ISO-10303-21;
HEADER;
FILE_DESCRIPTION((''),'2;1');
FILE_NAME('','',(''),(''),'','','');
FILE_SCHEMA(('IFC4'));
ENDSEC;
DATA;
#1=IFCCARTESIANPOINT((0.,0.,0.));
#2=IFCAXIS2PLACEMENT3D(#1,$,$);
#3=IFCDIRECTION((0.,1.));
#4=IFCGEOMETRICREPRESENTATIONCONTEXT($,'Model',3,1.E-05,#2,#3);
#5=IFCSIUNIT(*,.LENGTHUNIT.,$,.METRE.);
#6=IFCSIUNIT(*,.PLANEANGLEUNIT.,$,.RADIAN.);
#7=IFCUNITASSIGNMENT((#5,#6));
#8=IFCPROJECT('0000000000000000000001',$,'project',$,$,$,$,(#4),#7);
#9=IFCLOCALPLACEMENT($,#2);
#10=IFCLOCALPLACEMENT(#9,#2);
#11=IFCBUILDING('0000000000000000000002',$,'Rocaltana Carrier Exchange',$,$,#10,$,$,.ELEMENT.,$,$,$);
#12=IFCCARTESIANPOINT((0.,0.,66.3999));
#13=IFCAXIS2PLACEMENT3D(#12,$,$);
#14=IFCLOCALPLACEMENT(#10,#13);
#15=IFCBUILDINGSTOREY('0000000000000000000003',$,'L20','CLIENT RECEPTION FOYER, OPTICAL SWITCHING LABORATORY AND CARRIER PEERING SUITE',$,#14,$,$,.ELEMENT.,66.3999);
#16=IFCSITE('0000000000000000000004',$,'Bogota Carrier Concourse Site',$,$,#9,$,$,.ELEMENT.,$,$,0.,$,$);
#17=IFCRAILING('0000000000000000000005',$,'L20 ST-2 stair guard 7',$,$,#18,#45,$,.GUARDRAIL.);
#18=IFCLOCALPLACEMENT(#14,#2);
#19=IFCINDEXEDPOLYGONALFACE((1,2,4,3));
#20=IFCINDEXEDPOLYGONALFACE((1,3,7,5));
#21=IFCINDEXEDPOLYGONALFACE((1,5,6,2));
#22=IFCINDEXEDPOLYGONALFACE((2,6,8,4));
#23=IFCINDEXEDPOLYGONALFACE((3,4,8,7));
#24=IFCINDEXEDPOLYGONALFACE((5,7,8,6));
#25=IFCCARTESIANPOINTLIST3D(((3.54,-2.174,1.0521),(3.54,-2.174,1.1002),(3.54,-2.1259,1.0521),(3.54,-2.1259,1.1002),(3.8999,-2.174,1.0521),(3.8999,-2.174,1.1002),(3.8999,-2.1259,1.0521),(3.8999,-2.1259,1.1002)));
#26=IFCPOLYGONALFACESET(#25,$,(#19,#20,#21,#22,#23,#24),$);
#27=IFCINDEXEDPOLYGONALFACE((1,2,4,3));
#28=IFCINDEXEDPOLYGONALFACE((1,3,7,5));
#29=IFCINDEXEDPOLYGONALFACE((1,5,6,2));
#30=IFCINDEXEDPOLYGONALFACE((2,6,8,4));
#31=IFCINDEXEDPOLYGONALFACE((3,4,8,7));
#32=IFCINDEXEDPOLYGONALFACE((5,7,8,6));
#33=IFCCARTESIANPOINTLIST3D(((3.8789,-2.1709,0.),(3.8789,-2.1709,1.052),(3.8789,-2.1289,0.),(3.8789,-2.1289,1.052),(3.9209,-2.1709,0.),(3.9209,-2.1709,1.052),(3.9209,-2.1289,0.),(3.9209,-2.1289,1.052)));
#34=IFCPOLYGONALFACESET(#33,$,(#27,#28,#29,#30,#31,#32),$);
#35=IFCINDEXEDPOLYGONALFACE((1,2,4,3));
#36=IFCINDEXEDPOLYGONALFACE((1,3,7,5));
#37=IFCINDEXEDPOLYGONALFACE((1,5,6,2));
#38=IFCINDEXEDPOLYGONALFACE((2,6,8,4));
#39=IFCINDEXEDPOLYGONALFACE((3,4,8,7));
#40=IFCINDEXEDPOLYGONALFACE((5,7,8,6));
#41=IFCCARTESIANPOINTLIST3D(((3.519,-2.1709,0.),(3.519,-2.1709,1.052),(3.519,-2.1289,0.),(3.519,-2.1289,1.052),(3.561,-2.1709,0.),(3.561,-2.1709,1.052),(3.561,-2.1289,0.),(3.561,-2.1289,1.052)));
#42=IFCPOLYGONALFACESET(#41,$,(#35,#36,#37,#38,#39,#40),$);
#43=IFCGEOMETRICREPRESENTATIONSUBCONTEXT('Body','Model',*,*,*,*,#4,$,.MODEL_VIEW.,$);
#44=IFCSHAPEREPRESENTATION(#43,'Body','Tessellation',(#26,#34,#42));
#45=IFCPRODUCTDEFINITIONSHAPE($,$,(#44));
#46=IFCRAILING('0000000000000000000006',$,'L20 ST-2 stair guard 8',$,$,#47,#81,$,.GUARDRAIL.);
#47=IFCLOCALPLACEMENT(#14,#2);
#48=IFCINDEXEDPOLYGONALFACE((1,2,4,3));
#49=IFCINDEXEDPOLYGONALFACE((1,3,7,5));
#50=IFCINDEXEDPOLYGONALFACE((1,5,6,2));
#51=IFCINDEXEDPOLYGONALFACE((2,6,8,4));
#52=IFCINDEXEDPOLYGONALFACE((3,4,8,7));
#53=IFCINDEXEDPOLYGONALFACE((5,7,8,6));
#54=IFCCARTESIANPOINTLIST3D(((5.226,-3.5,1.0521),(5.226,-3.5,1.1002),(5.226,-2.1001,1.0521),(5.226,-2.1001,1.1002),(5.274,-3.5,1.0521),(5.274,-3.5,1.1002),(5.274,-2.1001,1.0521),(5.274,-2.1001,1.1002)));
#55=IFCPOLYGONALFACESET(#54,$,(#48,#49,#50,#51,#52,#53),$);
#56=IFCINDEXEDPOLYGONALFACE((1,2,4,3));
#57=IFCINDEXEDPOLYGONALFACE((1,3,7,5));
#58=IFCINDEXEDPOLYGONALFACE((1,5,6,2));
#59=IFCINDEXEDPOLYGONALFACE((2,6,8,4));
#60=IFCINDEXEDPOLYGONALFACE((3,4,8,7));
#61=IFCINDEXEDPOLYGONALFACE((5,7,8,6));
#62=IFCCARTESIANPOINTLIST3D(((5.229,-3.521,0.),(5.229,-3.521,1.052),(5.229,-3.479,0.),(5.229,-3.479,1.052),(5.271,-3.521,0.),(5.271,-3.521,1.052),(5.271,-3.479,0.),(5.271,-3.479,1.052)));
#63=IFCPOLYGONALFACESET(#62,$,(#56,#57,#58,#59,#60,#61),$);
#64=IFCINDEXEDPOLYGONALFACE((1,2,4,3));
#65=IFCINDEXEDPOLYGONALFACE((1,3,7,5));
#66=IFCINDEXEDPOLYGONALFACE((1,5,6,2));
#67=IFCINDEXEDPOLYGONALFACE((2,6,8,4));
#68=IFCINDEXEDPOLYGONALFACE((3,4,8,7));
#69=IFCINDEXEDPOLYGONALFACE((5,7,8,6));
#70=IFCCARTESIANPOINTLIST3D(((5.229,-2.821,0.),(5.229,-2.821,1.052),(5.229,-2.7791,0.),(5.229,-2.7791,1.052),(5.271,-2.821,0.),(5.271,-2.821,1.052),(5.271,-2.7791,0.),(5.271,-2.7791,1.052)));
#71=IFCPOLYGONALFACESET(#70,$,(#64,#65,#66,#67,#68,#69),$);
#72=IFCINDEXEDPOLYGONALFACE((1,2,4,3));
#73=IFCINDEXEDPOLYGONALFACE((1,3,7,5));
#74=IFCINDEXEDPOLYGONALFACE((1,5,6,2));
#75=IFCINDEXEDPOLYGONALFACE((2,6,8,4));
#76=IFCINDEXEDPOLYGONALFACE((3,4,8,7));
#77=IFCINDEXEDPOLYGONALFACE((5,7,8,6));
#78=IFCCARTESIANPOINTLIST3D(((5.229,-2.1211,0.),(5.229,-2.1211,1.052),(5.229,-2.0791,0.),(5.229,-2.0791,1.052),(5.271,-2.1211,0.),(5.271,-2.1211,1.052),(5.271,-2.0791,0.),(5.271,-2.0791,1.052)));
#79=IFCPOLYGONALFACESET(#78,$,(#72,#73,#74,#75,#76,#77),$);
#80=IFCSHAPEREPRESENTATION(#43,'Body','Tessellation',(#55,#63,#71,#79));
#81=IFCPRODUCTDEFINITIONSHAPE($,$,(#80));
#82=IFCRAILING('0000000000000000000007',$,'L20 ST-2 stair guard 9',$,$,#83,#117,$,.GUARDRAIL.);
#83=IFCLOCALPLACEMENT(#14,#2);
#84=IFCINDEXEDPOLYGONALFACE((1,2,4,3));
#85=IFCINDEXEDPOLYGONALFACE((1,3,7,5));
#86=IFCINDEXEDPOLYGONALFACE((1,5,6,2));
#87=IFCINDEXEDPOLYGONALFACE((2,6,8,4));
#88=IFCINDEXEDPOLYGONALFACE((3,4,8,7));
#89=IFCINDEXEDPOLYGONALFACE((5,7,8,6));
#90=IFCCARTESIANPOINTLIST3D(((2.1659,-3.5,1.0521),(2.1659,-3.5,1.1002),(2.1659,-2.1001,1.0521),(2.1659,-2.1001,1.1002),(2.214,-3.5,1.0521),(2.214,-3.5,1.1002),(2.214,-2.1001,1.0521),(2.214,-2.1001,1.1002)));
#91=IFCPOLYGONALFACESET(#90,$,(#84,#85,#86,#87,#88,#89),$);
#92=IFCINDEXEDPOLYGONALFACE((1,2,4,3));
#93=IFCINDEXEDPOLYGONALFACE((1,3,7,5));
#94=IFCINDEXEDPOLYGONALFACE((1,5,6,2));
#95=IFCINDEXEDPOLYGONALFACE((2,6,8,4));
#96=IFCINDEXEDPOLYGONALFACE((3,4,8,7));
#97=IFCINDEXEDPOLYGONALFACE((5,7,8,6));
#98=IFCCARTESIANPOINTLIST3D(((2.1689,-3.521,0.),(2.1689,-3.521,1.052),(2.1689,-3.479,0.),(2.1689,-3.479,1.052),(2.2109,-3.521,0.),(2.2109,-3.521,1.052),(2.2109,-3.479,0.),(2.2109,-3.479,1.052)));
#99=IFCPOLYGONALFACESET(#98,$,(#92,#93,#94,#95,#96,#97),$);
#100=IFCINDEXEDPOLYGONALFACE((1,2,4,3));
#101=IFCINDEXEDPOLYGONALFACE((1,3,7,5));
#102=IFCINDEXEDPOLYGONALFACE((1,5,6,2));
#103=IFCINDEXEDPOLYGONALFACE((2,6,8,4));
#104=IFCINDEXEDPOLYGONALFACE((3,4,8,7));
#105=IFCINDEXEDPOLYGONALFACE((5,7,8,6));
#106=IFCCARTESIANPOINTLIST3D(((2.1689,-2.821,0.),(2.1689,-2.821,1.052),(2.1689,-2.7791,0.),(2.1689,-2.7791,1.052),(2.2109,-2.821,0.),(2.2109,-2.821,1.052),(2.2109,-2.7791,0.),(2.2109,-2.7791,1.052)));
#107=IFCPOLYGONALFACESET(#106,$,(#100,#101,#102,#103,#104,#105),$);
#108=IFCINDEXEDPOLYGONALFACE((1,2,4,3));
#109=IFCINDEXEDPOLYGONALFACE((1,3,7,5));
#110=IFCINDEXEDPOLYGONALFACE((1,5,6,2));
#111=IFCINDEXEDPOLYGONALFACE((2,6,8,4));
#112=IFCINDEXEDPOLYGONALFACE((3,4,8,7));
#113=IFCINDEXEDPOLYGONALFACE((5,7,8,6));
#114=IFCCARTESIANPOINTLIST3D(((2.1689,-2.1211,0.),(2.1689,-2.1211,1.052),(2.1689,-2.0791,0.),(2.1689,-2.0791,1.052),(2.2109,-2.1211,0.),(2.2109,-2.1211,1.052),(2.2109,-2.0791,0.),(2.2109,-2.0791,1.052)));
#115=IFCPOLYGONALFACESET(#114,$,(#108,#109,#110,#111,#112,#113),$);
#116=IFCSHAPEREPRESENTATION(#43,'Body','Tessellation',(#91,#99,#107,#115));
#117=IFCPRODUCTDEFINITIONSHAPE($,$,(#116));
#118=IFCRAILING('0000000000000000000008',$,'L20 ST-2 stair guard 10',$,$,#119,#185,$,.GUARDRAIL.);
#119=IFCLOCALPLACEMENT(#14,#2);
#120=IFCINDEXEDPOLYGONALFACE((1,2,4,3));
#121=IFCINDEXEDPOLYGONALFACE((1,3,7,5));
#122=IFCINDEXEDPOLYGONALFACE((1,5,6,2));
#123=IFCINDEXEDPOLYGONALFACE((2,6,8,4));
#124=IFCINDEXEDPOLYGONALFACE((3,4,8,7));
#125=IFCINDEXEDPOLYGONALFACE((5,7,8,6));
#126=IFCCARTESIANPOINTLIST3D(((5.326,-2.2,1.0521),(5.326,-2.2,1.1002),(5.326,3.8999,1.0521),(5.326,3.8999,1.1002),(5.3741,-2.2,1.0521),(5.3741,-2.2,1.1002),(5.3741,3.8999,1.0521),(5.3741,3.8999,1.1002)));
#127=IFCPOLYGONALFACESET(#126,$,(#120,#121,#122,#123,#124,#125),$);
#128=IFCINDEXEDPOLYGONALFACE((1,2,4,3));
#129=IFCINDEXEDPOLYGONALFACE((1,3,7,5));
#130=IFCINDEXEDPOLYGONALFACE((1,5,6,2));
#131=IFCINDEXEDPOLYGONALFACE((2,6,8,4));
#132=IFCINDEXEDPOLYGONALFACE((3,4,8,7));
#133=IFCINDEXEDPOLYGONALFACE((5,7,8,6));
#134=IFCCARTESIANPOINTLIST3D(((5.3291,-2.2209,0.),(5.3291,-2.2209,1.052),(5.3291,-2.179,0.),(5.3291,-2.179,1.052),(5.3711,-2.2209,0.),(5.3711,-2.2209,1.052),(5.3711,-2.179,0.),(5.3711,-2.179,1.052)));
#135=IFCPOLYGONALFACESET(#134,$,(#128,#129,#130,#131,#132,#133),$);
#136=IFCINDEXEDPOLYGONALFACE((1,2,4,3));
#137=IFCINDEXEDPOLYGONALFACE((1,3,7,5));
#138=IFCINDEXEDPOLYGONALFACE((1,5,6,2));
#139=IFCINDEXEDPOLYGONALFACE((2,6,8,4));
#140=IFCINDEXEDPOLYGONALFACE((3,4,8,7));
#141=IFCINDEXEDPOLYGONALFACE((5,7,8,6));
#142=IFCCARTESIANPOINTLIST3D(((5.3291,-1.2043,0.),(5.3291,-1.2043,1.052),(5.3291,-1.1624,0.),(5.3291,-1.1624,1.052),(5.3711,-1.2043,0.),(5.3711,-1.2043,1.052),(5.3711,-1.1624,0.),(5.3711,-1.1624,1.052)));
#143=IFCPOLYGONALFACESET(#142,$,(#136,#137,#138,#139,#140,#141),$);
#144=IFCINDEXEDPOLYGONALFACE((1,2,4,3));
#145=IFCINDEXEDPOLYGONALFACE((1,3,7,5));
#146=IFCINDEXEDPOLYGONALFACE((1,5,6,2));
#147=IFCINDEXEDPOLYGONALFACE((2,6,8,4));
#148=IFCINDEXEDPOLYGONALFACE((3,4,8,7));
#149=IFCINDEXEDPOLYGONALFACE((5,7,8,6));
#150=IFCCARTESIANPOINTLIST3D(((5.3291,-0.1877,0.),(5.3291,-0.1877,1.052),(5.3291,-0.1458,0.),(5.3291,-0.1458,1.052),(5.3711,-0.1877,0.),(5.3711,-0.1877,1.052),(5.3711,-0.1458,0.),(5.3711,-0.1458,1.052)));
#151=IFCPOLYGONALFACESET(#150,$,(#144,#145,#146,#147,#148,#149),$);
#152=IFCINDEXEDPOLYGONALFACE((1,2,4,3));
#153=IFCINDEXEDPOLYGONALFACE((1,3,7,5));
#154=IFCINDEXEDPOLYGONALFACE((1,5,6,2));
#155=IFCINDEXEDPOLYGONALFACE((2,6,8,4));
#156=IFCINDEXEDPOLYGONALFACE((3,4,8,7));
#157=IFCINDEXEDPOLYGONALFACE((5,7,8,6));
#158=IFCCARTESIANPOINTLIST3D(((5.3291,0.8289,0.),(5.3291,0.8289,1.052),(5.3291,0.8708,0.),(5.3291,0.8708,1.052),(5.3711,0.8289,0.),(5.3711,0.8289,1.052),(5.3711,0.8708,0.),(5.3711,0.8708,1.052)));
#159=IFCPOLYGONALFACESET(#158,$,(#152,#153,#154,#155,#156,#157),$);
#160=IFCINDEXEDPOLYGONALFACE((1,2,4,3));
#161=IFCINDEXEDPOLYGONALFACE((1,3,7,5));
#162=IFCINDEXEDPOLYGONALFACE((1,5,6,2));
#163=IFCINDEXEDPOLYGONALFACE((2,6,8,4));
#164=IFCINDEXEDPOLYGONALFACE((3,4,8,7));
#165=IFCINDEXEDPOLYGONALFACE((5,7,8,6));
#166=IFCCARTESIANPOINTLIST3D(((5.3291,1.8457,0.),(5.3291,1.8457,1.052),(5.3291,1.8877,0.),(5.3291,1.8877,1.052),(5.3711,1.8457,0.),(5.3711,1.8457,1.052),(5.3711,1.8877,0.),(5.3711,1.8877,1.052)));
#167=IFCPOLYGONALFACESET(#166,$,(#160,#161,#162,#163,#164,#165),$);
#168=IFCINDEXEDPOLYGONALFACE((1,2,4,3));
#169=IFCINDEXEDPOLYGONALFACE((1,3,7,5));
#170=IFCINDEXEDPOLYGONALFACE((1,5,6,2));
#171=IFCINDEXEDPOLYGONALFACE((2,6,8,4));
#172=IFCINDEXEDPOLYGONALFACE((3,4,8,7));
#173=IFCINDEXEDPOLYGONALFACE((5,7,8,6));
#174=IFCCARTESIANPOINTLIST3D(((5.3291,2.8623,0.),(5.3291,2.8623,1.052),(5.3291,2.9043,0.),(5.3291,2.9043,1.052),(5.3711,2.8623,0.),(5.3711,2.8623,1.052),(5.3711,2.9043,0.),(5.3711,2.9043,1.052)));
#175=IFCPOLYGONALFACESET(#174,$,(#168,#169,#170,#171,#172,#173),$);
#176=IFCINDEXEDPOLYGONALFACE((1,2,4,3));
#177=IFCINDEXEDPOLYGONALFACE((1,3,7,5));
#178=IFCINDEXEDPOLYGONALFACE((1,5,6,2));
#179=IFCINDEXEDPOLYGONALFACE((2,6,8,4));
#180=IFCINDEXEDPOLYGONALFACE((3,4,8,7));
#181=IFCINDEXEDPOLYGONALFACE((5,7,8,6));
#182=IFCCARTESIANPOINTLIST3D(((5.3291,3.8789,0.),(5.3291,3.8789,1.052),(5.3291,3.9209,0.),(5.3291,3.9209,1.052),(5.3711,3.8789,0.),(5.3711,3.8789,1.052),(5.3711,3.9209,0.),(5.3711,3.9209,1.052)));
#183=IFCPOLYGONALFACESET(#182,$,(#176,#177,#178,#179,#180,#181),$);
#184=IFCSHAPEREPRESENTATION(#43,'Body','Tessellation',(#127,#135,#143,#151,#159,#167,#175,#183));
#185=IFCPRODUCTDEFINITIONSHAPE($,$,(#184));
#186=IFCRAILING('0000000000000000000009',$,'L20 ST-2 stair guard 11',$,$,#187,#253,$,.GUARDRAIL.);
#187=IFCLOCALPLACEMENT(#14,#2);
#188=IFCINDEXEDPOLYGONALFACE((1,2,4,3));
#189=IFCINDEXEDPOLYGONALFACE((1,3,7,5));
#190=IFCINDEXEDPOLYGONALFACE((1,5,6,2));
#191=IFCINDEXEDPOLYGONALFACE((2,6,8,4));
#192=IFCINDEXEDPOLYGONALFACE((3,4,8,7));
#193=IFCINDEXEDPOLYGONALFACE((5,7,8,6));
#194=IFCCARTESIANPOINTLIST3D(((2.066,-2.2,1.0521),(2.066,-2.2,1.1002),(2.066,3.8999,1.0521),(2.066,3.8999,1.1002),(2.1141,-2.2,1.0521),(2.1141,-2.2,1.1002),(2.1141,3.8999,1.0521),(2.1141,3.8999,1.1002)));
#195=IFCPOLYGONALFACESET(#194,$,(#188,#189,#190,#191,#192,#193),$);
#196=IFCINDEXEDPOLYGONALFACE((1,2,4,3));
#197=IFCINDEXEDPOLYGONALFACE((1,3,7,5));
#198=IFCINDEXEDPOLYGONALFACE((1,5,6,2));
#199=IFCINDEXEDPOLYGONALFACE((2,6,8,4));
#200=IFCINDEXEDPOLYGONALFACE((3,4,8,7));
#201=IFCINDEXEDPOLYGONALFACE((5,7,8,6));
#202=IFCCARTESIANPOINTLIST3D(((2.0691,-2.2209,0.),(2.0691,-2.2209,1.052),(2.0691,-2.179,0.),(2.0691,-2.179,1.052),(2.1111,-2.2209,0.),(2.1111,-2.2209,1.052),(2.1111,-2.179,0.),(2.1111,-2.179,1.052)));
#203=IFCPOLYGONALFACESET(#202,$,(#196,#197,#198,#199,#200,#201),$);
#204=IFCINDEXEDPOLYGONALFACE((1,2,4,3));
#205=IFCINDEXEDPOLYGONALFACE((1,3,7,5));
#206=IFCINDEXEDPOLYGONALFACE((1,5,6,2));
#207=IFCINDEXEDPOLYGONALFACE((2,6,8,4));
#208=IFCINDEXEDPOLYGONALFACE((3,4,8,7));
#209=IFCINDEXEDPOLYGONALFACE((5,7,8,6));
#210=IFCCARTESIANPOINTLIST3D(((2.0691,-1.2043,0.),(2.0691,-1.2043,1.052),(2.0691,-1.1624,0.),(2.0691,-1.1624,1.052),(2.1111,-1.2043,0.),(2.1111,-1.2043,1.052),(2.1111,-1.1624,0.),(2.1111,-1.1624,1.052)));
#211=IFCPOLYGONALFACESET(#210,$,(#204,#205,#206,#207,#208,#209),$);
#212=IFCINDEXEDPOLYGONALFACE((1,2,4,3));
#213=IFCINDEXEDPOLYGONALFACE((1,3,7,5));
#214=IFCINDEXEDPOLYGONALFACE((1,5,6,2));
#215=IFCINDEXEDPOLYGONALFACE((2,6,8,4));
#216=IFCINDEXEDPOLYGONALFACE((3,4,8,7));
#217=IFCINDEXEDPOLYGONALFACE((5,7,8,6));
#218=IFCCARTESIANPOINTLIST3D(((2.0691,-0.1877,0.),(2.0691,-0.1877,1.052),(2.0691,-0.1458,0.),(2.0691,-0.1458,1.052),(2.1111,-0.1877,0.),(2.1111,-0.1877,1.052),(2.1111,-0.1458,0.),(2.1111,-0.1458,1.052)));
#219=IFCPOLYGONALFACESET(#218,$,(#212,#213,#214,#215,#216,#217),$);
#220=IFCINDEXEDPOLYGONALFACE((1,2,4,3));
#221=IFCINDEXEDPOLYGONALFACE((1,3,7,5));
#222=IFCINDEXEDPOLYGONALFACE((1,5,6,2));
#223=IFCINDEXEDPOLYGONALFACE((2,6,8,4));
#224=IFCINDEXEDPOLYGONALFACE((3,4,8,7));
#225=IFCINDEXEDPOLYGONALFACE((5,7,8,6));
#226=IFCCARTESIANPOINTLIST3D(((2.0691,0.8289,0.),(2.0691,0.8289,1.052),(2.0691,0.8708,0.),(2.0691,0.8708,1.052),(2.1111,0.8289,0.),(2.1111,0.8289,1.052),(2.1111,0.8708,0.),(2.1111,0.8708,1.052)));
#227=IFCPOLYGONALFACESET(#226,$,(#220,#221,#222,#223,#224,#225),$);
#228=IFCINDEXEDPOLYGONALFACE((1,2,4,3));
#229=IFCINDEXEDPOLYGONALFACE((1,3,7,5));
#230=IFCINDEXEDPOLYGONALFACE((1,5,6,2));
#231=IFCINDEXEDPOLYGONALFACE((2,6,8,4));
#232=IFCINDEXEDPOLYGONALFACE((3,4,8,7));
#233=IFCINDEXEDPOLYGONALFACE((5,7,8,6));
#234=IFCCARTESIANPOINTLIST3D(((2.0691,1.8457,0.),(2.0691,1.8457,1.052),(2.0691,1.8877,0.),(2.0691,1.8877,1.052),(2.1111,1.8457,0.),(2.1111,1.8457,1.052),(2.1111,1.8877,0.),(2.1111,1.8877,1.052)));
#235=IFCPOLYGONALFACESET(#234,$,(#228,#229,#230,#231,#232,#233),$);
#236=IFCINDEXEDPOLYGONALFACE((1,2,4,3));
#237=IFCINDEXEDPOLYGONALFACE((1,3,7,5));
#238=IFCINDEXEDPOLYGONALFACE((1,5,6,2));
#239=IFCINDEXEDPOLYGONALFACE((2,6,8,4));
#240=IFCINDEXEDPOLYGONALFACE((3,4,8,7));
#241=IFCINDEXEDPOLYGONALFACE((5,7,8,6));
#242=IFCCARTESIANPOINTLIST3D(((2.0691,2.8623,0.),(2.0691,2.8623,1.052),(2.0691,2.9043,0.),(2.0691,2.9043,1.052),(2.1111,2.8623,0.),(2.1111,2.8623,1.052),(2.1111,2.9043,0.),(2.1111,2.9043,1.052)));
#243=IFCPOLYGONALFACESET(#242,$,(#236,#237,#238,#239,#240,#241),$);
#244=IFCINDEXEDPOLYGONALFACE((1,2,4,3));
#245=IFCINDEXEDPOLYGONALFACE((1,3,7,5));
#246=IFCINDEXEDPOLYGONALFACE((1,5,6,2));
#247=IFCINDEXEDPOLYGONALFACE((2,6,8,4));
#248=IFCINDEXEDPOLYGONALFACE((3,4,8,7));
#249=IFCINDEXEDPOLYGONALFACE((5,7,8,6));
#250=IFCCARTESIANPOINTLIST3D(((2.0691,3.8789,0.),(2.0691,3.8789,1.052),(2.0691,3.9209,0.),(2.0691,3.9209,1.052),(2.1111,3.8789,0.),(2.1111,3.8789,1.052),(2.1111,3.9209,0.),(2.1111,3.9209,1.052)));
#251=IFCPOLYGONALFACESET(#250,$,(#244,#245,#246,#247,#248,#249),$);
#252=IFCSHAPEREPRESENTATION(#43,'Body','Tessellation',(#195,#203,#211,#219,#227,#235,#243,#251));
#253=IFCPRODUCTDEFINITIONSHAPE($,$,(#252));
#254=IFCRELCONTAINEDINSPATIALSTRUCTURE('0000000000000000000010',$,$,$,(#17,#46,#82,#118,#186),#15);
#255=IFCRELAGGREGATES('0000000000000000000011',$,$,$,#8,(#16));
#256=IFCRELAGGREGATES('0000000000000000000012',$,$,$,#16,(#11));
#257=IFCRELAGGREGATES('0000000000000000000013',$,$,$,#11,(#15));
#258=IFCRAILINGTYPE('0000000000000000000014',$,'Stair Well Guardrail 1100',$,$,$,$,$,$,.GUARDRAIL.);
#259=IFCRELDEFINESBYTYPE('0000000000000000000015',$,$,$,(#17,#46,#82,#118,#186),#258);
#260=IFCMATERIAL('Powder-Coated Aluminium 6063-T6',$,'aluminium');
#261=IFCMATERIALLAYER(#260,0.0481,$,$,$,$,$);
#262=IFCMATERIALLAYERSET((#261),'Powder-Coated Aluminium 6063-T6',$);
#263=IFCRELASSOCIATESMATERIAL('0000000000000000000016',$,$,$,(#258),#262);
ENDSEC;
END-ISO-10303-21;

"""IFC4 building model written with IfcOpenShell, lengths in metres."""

from ifc_helpers import new_model, si_unit, direction, frame, origin, origin_2d, place, context, subcontext, project, spatial, rectangle, extrude, material, layer, layer_set, type_object, element, save


model = new_model("IFC4")

# Units and contexts
model_context = context("Model", 3, precision=1e-05, world=origin(), true_north=direction((0.0, 1.0)))
body_context = subcontext(model_context, "Body", "Model", "MODEL_VIEW")
ifc_project = project(units=[si_unit("LENGTHUNIT", "METRE"), si_unit("PLANEANGLEUNIT", "RADIAN")], contexts=[model_context])

# Site, building, storey
site_placement = place(None, origin())
site = spatial("IfcSite", under=ifc_project, at=site_placement, Name="Bogota Carrier Concourse Site", CompositionType="ELEMENT", RefElevation=0.0)
building_placement = place(site_placement, origin())
building = spatial("IfcBuilding", under=site, at=building_placement, Name="Rocaltana Carrier Exchange", CompositionType="ELEMENT")
storey_placement = place(building_placement, frame((0.0, 0.0, 66.3999)))
storey = spatial("IfcBuildingStorey", under=building, at=storey_placement, Name="L20", Description="CLIENT RECEPTION FOYER, OPTICAL SWITCHING LABORATORY AND CARRIER PEERING SUITE", CompositionType="ELEMENT", Elevation=66.3999)

# Railings
ifc_material_1 = material(Name="Powder-Coated Aluminium 6063-T6", Category="aluminium")
ifc_layer_1 = layer(ifc_material_1, 0.0481)
ifc_layer_set_1 = layer_set([ifc_layer_1], Name="Powder-Coated Aluminium 6063-T6")
railing_type_1 = type_object("IfcRailingType", Name="Stair Well Guardrail 1100", PredefinedType="GUARDRAIL", material=ifc_layer_set_1)
railing_1_placement = place(storey_placement, frame((3.8999, -2.1499, 0.0)))
element("IfcRailing", 1, at=railing_1_placement, inside=storey, type_object=railing_type_1, Name="L20 ST-2 stair guard 7", PredefinedType="GUARDRAIL", context=body_context, shape_type="SweptSolid", body=[
    extrude(rectangle(XDim=0.0481, YDim=0.0481, at=origin_2d()), frame((0.0, 0.0, 1.0762), z_axis=(-1.0, 0.0, 0.0), x_axis=(0.0, -1.0, 0.0)), (0.0, 0.0, 1.0), 0.3599),
    extrude(rectangle(XDim=0.042, YDim=0.042, at=origin_2d()), origin(), (0.0, 0.0, 1.0), 1.052),
    extrude(rectangle(XDim=0.042, YDim=0.042, at=origin_2d()), frame((-0.3599, 0.0, 0.0)), (0.0, 0.0, 1.0), 1.052),
])
for number, where, name in (
    (2, (5.25, -3.5, 0.0), "L20 ST-2 stair guard 8"),
    (3, (2.1899, -3.5, 0.0), "L20 ST-2 stair guard 9"),
):
    element("IfcRailing", number, at=place(storey_placement, frame(where)), inside=storey, type_object=railing_type_1, Name=name, PredefinedType="GUARDRAIL", context=body_context, shape_type="SweptSolid", body=[
        extrude(rectangle(XDim=0.0481, YDim=0.0481, at=origin_2d()), frame((0.0, 0.0, 1.0762), z_axis=(0.0, 1.0, 0.0), x_axis=(-1.0, 0.0, 0.0)), (0.0, 0.0, 1.0), 1.3999),
        extrude(rectangle(XDim=0.042, YDim=0.042, at=origin_2d()), origin(), (0.0, 0.0, 1.0), 1.052),
        extrude(rectangle(XDim=0.042, YDim=0.042, at=origin_2d()), frame((0.0, 0.7, 0.0)), (0.0, 0.0, 1.0), 1.052),
        extrude(rectangle(XDim=0.042, YDim=0.042, at=origin_2d()), frame((0.0, 1.3999, 0.0)), (0.0, 0.0, 1.0), 1.052),
    ])
for number, where, name in (
    (4, (5.3501, -2.2, 0.0), "L20 ST-2 stair guard 10"),
    (5, (2.0901, -2.2, 0.0), "L20 ST-2 stair guard 11"),
):
    element("IfcRailing", number, at=place(storey_placement, frame(where)), inside=storey, type_object=railing_type_1, Name=name, PredefinedType="GUARDRAIL", context=body_context, shape_type="SweptSolid", body=[
        extrude(rectangle(XDim=0.0481, YDim=0.0481, at=origin_2d()), frame((0.0, 0.0, 1.0762), z_axis=(0.0, 1.0, 0.0), x_axis=(-1.0, 0.0, 0.0)), (0.0, 0.0, 1.0), 6.0999),
        extrude(rectangle(XDim=0.042, YDim=0.042, at=origin_2d()), origin(), (0.0, 0.0, 1.0), 1.052),
        extrude(rectangle(XDim=0.042, YDim=0.042, at=origin_2d()), frame((0.0, 1.0166, 0.0)), (0.0, 0.0, 1.0), 1.052),
        extrude(rectangle(XDim=0.042, YDim=0.042, at=origin_2d()), frame((0.0, 2.0332, 0.0)), (0.0, 0.0, 1.0), 1.052),
        extrude(rectangle(XDim=0.042, YDim=0.042, at=origin_2d()), frame((0.0, 3.0498, 0.0)), (0.0, 0.0, 1.0), 1.052),
        extrude(rectangle(XDim=0.042, YDim=0.042, at=origin_2d()), frame((0.0, 4.0667, 0.0)), (0.0, 0.0, 1.0), 1.052),
        extrude(rectangle(XDim=0.042, YDim=0.042, at=origin_2d()), frame((0.0, 5.0833, 0.0)), (0.0, 0.0, 1.0), 1.052),
        extrude(rectangle(XDim=0.042, YDim=0.042, at=origin_2d()), frame((0.0, 6.0999, 0.0)), (0.0, 0.0, 1.0), 1.052),
    ])

save(model, "model.ifc")
